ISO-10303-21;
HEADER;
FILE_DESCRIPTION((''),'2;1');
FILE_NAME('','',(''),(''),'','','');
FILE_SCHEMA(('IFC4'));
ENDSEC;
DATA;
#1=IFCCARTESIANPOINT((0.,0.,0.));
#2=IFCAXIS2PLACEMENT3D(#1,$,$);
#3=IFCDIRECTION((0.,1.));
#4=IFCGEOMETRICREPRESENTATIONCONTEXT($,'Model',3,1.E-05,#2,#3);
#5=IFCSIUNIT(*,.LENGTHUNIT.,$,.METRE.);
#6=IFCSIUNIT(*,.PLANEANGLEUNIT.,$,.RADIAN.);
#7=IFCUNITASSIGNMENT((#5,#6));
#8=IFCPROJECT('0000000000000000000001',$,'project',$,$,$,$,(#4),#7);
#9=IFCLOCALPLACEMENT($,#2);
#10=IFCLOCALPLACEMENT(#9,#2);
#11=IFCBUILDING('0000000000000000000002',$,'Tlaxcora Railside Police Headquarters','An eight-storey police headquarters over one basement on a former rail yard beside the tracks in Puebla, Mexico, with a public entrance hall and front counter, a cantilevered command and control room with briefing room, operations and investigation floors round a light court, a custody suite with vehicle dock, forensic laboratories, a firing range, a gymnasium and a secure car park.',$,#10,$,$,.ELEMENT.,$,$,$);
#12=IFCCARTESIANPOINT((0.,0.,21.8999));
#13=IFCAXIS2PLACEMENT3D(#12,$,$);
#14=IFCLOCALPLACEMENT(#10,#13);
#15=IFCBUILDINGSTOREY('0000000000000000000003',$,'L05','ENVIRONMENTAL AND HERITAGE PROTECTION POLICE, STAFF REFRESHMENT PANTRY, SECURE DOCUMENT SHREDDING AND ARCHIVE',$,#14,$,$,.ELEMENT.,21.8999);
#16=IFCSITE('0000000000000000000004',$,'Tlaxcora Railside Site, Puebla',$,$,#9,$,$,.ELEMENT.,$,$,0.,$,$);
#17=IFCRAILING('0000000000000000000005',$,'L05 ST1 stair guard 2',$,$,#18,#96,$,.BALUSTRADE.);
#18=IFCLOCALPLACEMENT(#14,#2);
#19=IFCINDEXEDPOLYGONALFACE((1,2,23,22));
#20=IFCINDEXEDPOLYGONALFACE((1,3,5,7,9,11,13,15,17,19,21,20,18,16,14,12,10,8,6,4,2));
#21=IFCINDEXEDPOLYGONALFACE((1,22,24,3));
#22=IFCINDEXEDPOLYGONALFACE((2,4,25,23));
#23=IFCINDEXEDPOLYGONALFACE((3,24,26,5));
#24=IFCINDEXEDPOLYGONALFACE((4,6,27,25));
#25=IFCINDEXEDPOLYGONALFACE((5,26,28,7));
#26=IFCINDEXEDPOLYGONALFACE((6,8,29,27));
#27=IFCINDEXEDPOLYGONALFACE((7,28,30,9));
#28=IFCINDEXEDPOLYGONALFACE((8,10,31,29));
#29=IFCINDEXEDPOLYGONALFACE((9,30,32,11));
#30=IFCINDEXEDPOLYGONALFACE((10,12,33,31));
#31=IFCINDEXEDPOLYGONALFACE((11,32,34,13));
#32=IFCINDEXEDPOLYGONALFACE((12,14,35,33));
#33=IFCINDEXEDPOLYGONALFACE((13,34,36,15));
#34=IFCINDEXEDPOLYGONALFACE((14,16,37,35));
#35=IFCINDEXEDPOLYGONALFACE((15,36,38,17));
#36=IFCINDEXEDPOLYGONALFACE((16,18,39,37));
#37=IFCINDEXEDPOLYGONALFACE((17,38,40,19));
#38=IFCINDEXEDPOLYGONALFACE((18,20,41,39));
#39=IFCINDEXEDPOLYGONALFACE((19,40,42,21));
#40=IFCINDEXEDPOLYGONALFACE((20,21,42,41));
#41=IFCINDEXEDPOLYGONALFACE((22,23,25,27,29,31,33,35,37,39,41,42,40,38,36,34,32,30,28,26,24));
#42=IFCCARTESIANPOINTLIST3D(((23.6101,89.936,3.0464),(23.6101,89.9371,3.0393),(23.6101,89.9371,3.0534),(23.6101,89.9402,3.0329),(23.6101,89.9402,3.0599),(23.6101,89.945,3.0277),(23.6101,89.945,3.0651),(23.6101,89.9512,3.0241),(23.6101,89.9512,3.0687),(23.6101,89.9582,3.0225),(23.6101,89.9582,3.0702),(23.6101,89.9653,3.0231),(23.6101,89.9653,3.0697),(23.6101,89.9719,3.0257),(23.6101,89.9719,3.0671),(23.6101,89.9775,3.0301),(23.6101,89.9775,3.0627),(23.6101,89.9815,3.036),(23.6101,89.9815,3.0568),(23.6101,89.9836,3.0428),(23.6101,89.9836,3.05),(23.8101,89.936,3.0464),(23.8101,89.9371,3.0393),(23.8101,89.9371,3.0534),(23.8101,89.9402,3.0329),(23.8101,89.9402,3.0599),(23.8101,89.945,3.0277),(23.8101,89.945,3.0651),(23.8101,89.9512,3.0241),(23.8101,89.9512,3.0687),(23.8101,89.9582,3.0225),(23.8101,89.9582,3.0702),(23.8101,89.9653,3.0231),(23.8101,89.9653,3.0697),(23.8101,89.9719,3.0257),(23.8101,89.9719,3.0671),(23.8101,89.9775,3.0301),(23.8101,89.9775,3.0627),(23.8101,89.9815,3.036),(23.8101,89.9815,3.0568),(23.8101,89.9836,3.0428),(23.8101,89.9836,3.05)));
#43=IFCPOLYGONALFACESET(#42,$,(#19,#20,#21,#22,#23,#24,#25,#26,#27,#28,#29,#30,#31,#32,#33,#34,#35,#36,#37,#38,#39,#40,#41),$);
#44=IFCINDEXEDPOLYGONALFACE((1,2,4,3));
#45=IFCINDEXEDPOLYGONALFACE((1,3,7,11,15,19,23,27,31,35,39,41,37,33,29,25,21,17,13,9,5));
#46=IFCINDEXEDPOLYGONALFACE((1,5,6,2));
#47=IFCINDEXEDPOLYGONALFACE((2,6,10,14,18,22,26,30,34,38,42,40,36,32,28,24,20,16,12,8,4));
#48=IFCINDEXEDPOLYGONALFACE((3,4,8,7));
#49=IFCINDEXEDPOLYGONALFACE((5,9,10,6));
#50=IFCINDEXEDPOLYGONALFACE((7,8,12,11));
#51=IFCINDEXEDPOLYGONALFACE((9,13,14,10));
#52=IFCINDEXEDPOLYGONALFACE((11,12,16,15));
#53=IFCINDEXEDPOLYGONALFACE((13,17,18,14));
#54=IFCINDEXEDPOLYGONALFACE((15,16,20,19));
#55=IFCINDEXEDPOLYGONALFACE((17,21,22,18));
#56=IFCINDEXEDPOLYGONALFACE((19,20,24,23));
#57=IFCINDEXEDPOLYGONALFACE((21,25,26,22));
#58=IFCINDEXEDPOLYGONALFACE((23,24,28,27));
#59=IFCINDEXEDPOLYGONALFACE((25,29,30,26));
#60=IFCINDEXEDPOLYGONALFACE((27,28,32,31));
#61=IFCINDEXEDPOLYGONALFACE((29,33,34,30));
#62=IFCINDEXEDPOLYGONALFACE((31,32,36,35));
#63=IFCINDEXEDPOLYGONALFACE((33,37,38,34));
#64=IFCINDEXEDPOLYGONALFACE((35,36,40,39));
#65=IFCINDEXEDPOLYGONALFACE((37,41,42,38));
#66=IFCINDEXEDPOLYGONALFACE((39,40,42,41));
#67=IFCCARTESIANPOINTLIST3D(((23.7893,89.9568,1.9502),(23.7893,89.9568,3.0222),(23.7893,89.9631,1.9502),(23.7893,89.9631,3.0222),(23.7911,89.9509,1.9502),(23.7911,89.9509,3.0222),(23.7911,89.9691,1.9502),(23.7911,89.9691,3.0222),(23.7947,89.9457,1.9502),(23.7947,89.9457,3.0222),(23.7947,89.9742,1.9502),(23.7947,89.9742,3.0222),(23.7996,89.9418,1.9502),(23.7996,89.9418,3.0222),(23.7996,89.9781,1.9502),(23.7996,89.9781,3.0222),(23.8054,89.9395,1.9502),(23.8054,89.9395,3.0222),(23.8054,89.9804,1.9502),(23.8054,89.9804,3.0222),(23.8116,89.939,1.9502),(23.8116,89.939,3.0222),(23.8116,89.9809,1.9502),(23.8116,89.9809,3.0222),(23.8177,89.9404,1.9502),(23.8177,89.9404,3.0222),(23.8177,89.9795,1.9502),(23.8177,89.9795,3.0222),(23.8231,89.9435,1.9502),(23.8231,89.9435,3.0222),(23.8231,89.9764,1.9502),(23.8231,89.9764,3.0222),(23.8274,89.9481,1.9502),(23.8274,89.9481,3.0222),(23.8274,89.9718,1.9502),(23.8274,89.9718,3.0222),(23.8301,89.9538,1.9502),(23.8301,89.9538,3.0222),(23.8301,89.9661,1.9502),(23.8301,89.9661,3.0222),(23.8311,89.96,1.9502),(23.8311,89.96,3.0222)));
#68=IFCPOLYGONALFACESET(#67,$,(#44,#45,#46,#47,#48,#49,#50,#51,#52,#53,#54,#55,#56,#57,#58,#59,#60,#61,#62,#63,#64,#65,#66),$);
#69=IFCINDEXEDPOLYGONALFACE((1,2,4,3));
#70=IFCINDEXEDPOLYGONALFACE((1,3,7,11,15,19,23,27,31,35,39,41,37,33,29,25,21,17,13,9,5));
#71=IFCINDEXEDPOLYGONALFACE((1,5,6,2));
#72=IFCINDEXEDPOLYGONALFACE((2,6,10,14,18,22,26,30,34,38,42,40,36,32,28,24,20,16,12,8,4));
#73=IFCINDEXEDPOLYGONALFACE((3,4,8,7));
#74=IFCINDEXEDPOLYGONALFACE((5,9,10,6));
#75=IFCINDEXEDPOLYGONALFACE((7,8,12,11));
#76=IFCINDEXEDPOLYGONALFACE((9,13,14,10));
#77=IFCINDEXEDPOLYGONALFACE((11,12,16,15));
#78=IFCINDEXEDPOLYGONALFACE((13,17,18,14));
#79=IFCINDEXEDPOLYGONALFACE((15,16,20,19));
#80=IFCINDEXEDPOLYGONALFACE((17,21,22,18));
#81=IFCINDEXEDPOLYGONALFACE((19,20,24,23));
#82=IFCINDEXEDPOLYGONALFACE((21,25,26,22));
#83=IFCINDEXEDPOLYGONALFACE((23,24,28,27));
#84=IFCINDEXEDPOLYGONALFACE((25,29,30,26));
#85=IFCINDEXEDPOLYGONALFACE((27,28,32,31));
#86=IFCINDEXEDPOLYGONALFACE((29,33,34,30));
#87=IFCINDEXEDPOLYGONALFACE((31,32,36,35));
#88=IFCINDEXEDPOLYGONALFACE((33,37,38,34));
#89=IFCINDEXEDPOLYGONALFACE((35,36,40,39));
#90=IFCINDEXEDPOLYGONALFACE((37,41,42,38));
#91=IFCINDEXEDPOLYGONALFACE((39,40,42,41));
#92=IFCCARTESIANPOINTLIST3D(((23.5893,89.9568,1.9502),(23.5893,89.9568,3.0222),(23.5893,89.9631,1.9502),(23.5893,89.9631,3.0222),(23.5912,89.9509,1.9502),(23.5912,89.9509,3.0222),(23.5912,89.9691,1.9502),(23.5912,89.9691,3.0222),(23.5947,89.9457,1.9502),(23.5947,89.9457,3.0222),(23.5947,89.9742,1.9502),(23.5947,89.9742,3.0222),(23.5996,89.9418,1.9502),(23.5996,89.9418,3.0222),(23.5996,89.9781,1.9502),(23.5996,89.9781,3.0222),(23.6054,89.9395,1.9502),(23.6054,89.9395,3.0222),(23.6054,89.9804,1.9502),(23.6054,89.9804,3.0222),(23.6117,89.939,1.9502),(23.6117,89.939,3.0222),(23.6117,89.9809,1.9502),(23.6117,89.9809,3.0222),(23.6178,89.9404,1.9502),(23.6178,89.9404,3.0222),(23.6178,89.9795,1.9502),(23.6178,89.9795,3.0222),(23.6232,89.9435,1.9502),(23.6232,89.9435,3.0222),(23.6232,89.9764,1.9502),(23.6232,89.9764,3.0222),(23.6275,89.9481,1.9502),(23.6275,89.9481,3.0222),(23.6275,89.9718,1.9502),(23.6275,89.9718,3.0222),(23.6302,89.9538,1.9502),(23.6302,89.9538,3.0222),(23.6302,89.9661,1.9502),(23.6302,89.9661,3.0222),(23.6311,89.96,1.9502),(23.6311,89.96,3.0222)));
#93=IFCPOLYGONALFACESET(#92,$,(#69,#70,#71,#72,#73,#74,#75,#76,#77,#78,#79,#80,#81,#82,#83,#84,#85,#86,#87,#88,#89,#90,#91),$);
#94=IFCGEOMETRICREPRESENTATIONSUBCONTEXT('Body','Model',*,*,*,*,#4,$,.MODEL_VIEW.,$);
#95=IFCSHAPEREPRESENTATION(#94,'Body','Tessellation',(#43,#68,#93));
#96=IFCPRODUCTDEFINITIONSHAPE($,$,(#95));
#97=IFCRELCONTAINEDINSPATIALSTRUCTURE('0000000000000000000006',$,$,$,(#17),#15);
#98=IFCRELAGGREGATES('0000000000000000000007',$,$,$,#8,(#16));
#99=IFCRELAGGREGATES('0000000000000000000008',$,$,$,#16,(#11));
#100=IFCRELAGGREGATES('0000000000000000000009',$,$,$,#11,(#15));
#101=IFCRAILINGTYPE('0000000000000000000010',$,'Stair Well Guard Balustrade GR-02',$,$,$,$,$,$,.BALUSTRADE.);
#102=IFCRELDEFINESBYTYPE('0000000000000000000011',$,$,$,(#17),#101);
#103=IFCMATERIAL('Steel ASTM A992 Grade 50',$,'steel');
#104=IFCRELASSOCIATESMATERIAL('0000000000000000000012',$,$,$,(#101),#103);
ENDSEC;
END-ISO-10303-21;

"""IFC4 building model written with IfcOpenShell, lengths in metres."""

from ifc_helpers import new_model, si_unit, direction, frame, origin, origin_2d, place, context, subcontext, project, spatial, circle, extrude, material, type_object, element, save


model = new_model("IFC4")

# Units and contexts
model_context = context("Model", 3, precision=1e-05, world=origin(), true_north=direction((0.0, 1.0)))
body_context = subcontext(model_context, "Body", "Model", "MODEL_VIEW")
ifc_project = project(units=[si_unit("LENGTHUNIT", "METRE"), si_unit("PLANEANGLEUNIT", "RADIAN")], contexts=[model_context])

# Site, building, storey
site_placement = place(None, origin())
site = spatial("IfcSite", under=ifc_project, at=site_placement, Name="Tlaxcora Railside Site, Puebla", CompositionType="ELEMENT", RefElevation=0.0)
building_placement = place(site_placement, origin())
building = spatial("IfcBuilding", under=site, at=building_placement, Name="Tlaxcora Railside Police Headquarters", Description="An eight-storey police headquarters over one basement on a former rail yard beside the tracks in Puebla, Mexico, with a public entrance hall and front counter, a cantilevered command and control room with briefing room, operations and investigation floors round a light court, a custody suite with vehicle dock, forensic laboratories, a firing range, a gymnasium and a secure car park.", CompositionType="ELEMENT")
storey_placement = place(building_placement, frame((0.0, 0.0, 21.8999)))
storey = spatial("IfcBuildingStorey", under=building, at=storey_placement, Name="L05", Description="ENVIRONMENTAL AND HERITAGE PROTECTION POLICE, STAFF REFRESHMENT PANTRY, SECURE DOCUMENT SHREDDING AND ARCHIVE", CompositionType="ELEMENT", Elevation=21.8999)

# Shared definitions
ifc_material_1 = material(Name="Steel ASTM A992 Grade 50", Category="steel")

# Railing
railing_type_1 = type_object("IfcRailingType", Name="Stair Well Guard Balustrade GR-02", PredefinedType="BALUSTRADE", material=ifc_material_1)
railing_1_placement = place(storey_placement, frame((23.8101, 89.96, 1.9502)))
element("IfcRailing", 1, at=railing_1_placement, inside=storey, type_object=railing_type_1, Name="L05 ST1 stair guard 2", PredefinedType="BALUSTRADE", context=body_context, shape_type="SweptSolid", body=[
    extrude(circle(Radius=0.0239, at=origin_2d()), frame((0.0, 0.0, 1.0962), z_axis=(-1.0, 0.0, 0.0), x_axis=(0.0, -1.0, 0.0)), (0.0, 0.0, 1.0), 0.2),
    extrude(circle(Radius=0.021, at=origin_2d()), origin(), (0.0, 0.0, 1.0), 1.072),
    extrude(circle(Radius=0.021, at=origin_2d()), frame((-0.2, 0.0, 0.0)), (0.0, 0.0, 1.0), 1.072),
])

save(model, "model.ifc")
